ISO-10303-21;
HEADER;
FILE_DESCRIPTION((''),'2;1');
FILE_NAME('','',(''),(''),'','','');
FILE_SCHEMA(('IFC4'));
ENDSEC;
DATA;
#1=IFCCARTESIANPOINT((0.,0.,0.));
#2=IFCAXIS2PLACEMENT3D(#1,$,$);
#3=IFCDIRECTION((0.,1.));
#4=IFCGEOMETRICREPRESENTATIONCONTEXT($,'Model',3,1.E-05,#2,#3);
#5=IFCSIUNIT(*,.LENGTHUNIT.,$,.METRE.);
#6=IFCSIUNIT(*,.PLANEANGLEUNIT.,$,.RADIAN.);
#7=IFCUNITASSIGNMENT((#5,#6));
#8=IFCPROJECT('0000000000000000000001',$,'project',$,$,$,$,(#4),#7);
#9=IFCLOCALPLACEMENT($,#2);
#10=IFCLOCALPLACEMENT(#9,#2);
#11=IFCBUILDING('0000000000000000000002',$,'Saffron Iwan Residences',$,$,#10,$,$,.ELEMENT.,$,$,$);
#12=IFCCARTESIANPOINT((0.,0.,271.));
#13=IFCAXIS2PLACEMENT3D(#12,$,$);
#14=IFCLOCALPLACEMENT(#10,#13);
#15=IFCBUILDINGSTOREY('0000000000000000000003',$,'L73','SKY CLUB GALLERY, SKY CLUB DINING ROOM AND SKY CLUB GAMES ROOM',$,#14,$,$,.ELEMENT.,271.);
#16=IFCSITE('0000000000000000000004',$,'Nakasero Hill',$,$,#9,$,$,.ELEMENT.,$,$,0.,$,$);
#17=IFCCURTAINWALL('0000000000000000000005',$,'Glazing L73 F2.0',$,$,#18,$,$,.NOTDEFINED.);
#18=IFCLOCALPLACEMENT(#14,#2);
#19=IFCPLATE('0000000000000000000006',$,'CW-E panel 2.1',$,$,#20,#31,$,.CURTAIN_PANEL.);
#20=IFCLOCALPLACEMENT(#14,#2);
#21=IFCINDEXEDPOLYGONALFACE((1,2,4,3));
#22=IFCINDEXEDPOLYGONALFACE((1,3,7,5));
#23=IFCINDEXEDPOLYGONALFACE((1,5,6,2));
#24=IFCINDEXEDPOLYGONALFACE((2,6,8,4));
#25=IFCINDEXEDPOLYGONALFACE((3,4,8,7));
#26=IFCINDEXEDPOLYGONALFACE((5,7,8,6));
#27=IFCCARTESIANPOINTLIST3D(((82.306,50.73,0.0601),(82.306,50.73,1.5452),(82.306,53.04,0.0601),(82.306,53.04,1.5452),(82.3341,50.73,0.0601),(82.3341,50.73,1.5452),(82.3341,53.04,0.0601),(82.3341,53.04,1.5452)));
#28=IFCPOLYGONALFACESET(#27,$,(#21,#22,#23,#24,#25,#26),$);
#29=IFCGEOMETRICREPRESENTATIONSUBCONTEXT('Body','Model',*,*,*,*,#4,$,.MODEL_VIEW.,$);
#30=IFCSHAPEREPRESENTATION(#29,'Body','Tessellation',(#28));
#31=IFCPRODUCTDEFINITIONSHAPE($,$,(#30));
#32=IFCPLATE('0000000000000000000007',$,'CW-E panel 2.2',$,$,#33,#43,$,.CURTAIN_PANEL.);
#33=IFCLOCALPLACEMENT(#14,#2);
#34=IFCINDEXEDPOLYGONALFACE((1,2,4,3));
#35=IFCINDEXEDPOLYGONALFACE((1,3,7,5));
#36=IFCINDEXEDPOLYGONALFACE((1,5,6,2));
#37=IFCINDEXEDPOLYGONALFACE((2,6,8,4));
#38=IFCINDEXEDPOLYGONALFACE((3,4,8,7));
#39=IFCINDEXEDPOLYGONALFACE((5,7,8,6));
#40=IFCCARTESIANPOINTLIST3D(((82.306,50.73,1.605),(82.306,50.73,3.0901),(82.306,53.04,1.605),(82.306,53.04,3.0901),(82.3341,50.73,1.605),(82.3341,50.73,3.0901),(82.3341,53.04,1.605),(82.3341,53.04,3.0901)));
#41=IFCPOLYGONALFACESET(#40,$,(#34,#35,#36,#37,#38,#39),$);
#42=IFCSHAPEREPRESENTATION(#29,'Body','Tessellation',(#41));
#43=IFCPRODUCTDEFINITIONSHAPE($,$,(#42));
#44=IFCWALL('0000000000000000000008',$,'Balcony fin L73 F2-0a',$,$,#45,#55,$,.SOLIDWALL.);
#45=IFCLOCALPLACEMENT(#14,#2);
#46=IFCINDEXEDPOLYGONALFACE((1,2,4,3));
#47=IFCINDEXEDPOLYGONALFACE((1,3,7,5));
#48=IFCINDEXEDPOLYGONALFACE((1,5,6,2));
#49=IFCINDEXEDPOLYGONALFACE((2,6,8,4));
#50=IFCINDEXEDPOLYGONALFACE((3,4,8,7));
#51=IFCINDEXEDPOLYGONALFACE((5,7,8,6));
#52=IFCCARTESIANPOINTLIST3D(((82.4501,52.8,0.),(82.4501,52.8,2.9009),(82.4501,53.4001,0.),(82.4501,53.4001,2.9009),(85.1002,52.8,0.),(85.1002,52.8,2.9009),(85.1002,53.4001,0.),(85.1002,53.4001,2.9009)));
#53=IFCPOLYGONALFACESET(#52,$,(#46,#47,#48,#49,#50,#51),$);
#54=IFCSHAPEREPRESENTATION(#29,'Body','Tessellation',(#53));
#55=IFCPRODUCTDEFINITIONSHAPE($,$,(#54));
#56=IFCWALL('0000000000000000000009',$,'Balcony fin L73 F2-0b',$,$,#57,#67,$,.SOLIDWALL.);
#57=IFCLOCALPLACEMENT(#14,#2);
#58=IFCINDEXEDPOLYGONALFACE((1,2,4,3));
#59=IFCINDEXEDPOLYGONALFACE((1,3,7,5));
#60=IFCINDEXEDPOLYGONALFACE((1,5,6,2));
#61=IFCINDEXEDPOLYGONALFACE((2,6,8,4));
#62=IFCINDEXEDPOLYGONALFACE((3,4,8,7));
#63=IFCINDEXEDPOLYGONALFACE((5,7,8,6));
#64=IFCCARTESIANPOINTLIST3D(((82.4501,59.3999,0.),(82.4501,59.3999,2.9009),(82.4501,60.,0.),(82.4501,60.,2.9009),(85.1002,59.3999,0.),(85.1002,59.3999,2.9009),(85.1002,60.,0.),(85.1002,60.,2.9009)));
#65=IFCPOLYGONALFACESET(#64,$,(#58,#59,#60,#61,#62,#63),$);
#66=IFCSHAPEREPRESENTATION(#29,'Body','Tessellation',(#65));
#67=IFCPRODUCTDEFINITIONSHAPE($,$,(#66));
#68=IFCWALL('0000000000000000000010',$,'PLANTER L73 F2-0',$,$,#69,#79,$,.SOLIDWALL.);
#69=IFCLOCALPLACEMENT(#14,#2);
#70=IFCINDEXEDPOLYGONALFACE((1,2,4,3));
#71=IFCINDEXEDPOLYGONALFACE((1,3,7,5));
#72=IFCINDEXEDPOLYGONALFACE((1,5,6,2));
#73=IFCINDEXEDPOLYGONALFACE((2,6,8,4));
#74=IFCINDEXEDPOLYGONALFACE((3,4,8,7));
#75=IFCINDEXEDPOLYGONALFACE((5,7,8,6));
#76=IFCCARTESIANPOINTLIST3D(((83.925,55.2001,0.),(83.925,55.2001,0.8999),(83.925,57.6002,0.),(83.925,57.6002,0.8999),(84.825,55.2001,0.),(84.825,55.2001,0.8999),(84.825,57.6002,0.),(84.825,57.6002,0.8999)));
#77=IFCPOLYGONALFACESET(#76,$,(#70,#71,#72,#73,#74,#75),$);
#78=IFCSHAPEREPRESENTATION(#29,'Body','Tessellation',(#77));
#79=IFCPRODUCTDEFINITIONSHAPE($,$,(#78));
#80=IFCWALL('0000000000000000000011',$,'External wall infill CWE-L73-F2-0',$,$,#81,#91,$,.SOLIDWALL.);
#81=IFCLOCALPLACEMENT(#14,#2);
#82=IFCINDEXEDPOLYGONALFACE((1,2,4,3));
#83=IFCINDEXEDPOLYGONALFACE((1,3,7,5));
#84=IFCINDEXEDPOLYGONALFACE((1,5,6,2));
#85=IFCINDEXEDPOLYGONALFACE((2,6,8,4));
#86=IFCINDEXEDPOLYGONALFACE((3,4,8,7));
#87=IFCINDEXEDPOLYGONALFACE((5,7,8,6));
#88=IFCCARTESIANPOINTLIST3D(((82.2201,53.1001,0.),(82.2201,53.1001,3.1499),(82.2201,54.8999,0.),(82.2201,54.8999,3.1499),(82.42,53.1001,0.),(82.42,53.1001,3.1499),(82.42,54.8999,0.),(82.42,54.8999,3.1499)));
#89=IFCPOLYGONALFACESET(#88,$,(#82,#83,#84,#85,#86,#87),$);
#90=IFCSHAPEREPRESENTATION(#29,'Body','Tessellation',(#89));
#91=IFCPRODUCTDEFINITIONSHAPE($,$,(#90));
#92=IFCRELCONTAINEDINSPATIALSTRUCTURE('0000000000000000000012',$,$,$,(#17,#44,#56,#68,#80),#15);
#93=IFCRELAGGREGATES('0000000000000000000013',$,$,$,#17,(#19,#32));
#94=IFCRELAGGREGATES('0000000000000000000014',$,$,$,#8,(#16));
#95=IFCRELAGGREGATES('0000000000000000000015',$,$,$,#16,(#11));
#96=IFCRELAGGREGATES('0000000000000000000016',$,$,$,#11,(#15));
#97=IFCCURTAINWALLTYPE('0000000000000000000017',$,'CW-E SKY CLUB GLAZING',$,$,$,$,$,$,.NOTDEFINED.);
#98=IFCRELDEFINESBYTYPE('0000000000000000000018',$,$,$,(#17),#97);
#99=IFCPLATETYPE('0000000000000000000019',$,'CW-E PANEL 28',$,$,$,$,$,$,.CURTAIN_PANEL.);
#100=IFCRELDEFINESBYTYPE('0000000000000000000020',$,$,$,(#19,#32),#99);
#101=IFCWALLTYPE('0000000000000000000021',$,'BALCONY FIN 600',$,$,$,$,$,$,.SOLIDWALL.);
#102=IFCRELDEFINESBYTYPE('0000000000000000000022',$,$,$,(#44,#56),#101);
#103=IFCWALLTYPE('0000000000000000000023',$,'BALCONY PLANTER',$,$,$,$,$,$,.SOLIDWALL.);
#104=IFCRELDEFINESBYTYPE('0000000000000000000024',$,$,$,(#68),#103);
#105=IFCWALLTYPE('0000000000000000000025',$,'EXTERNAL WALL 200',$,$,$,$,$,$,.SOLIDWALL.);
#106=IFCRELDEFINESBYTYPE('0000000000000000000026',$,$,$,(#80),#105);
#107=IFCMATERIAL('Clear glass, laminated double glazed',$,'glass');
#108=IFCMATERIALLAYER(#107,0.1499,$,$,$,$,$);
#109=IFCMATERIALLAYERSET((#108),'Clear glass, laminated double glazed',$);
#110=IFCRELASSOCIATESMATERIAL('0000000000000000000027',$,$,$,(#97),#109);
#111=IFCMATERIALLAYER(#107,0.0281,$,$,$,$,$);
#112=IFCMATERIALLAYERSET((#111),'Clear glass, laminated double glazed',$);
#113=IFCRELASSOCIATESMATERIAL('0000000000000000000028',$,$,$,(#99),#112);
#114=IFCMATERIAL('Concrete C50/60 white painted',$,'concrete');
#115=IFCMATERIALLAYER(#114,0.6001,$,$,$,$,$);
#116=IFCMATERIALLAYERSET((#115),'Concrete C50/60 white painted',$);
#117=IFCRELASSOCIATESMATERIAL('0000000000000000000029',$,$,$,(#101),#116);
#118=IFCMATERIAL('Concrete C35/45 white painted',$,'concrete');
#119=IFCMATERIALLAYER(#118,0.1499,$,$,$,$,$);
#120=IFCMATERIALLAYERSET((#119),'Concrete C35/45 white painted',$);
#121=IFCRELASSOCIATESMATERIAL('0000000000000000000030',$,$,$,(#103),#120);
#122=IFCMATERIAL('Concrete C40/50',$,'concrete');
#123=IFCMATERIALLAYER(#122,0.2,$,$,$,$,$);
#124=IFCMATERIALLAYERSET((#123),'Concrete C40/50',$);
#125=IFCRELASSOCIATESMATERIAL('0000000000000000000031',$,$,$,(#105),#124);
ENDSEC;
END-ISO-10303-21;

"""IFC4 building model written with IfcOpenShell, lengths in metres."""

from ifc_helpers import new_model, si_unit, direction, frame, frame_2d, origin, origin_2d, place, context, subcontext, project, spatial, rectangle, extrude, source, transform, mapped, material, layer, layer_set, type_object, element, aggregate, save


model = new_model("IFC4")

# Units and contexts
model_context = context("Model", 3, precision=1e-05, world=origin(), true_north=direction((0.0, 1.0)))
body_context = subcontext(model_context, "Body", "Model", "MODEL_VIEW")
ifc_project = project(units=[si_unit("LENGTHUNIT", "METRE"), si_unit("PLANEANGLEUNIT", "RADIAN")], contexts=[model_context])

# Site, building, storey
site_placement = place(None, origin())
site = spatial("IfcSite", under=ifc_project, at=site_placement, Name="Nakasero Hill", CompositionType="ELEMENT", RefElevation=0.0)
building_placement = place(site_placement, origin())
building = spatial("IfcBuilding", under=site, at=building_placement, Name="Saffron Iwan Residences", CompositionType="ELEMENT")
storey_placement = place(building_placement, frame((0.0, 0.0, 271.0)))
storey = spatial("IfcBuildingStorey", under=building, at=storey_placement, Name="L73", Description="SKY CLUB GALLERY, SKY CLUB DINING ROOM AND SKY CLUB GAMES ROOM", CompositionType="ELEMENT", Elevation=271.0)

# Shared definitions
ifc_material_1 = material(Name="Concrete C40/50", Category="concrete")

# Shared definitions
ifc_material_2 = material(Name="Concrete C50/60 white painted", Category="concrete")

# Curtain wall
ifc_material_3 = material(Name="Clear glass, laminated double glazed", Category="glass")
ifc_layer_1 = layer(ifc_material_3, 0.1499)
ifc_layer_set_1 = layer_set([ifc_layer_1], Name="Clear glass, laminated double glazed")
curtain_wall_type = type_object("IfcCurtainWallType", Name="CW-E SKY CLUB GLAZING", PredefinedType="NOTDEFINED", material=ifc_layer_set_1)
curtain_wall_1_placement = place(storey_placement, origin())
curtain_wall_1 = element("IfcCurtainWall", 1, at=curtain_wall_1_placement, inside=storey, type_object=curtain_wall_type, Name="Glazing L73 F2.0", PredefinedType="NOTDEFINED")

# Plates
ifc_layer_2 = layer(ifc_material_3, 0.0281)
ifc_layer_set_2 = layer_set([ifc_layer_2], Name="Clear glass, laminated double glazed")
plate_type = type_object("IfcPlateType", Name="CW-E PANEL 28", PredefinedType="CURTAIN_PANEL", material=ifc_layer_set_2)
shared_shape_1 = source(origin(), body_context, "Body", "SweptSolid", [
    extrude(rectangle(XDim=2.3101, YDim=0.0281, at=origin_2d()), origin(), (0.0, 0.0, 1.0), 1.4851),
])
plate_1_placement = place(storey_placement, frame((82.3201, 51.885, 0.0601), z_axis=(0.0, 0.0, 1.0), x_axis=(0.0, 1.0, 0.0)))
plate_1 = element("IfcPlate", 2, at=plate_1_placement, type_object=plate_type, Name="CW-E panel 2.1", PredefinedType="CURTAIN_PANEL", context=body_context, shape_type="MappedRepresentation", body=[
    mapped(shared_shape_1, transform((0.0, 0.0, 0.0))),
])
plate_2_placement = place(storey_placement, frame((82.3201, 51.885, 1.605), z_axis=(0.0, 0.0, 1.0), x_axis=(0.0, 1.0, 0.0)))
plate_2 = element("IfcPlate", 3, at=plate_2_placement, type_object=plate_type, Name="CW-E panel 2.2", PredefinedType="CURTAIN_PANEL", context=body_context, shape_type="MappedRepresentation", body=[
    mapped(shared_shape_1, transform((0.0, 0.0, 0.0))),
])
aggregate(curtain_wall_1, [plate_1, plate_2])

# Walls
ifc_layer_3 = layer(ifc_material_2, 0.6001)
ifc_layer_set_3 = layer_set([ifc_layer_3], Name="Concrete C50/60 white painted")
wall_type_1 = type_object("IfcWallType", Name="BALCONY FIN 600", PredefinedType="SOLIDWALL", material=ifc_layer_set_3)
for number, where, z_axis, x_axis, name in (
    (4, (82.45, 53.1001, 0.0), (0.0, 0.0, 1.0), (1.0, 0.0, 0.0), "Balcony fin L73 F2-0a"),
    (5, (82.45, 59.7, 0.0), (0.0, 0.0, 1.0), (1.0, 0.0, 0.0), "Balcony fin L73 F2-0b"),
):
    element("IfcWall", number, at=place(storey_placement, frame(where, z_axis=z_axis, x_axis=x_axis)), inside=storey, type_object=wall_type_1, Name=name, PredefinedType="SOLIDWALL", context=body_context, shape_type="SweptSolid", body=[
        extrude(rectangle(XDim=2.6501, YDim=0.6001, at=frame_2d((1.3252, 0.0))), origin(), (0.0, 0.0, 1.0), 2.9009),
    ])
ifc_material_4 = material(Name="Concrete C35/45 white painted", Category="concrete")
ifc_layer_4 = layer(ifc_material_4, 0.1499)
ifc_layer_set_4 = layer_set([ifc_layer_4], Name="Concrete C35/45 white painted")
wall_type_2 = type_object("IfcWallType", Name="BALCONY PLANTER", PredefinedType="SOLIDWALL", material=ifc_layer_set_4)
wall_1_placement = place(storey_placement, frame((84.375, 55.2, 0.0), z_axis=(0.0, 0.0, 1.0), x_axis=(0.0, 1.0, 0.0)))
element("IfcWall", 6, at=wall_1_placement, inside=storey, type_object=wall_type_2, Name="PLANTER L73 F2-0", PredefinedType="SOLIDWALL", context=body_context, shape_type="SweptSolid", body=[
    extrude(rectangle(XDim=2.4001, YDim=0.8999, at=frame_2d((1.2002, 0.0))), origin(), (0.0, 0.0, 1.0), 0.8999),
])

# Shared definitions
ifc_layer_5 = layer(ifc_material_1, 0.2)
ifc_layer_set_5 = layer_set([ifc_layer_5], Name="Concrete C40/50")
wall_type_3 = type_object("IfcWallType", Name="EXTERNAL WALL 200", PredefinedType="SOLIDWALL", material=ifc_layer_set_5)

# Wall
wall_2_placement = place(storey_placement, frame((82.3201, 53.1001, 0.0), z_axis=(0.0, 0.0, 1.0), x_axis=(0.0, 1.0, 0.0)))
element("IfcWall", 7, at=wall_2_placement, inside=storey, type_object=wall_type_3, Name="External wall infill CWE-L73-F2-0", PredefinedType="SOLIDWALL", context=body_context, shape_type="SweptSolid", body=[
    extrude(rectangle(XDim=1.7998, YDim=0.2, at=frame_2d((0.8999, 0.0))), origin(), (0.0, 0.0, 1.0), 3.1499),
])

save(model, "model.ifc")
